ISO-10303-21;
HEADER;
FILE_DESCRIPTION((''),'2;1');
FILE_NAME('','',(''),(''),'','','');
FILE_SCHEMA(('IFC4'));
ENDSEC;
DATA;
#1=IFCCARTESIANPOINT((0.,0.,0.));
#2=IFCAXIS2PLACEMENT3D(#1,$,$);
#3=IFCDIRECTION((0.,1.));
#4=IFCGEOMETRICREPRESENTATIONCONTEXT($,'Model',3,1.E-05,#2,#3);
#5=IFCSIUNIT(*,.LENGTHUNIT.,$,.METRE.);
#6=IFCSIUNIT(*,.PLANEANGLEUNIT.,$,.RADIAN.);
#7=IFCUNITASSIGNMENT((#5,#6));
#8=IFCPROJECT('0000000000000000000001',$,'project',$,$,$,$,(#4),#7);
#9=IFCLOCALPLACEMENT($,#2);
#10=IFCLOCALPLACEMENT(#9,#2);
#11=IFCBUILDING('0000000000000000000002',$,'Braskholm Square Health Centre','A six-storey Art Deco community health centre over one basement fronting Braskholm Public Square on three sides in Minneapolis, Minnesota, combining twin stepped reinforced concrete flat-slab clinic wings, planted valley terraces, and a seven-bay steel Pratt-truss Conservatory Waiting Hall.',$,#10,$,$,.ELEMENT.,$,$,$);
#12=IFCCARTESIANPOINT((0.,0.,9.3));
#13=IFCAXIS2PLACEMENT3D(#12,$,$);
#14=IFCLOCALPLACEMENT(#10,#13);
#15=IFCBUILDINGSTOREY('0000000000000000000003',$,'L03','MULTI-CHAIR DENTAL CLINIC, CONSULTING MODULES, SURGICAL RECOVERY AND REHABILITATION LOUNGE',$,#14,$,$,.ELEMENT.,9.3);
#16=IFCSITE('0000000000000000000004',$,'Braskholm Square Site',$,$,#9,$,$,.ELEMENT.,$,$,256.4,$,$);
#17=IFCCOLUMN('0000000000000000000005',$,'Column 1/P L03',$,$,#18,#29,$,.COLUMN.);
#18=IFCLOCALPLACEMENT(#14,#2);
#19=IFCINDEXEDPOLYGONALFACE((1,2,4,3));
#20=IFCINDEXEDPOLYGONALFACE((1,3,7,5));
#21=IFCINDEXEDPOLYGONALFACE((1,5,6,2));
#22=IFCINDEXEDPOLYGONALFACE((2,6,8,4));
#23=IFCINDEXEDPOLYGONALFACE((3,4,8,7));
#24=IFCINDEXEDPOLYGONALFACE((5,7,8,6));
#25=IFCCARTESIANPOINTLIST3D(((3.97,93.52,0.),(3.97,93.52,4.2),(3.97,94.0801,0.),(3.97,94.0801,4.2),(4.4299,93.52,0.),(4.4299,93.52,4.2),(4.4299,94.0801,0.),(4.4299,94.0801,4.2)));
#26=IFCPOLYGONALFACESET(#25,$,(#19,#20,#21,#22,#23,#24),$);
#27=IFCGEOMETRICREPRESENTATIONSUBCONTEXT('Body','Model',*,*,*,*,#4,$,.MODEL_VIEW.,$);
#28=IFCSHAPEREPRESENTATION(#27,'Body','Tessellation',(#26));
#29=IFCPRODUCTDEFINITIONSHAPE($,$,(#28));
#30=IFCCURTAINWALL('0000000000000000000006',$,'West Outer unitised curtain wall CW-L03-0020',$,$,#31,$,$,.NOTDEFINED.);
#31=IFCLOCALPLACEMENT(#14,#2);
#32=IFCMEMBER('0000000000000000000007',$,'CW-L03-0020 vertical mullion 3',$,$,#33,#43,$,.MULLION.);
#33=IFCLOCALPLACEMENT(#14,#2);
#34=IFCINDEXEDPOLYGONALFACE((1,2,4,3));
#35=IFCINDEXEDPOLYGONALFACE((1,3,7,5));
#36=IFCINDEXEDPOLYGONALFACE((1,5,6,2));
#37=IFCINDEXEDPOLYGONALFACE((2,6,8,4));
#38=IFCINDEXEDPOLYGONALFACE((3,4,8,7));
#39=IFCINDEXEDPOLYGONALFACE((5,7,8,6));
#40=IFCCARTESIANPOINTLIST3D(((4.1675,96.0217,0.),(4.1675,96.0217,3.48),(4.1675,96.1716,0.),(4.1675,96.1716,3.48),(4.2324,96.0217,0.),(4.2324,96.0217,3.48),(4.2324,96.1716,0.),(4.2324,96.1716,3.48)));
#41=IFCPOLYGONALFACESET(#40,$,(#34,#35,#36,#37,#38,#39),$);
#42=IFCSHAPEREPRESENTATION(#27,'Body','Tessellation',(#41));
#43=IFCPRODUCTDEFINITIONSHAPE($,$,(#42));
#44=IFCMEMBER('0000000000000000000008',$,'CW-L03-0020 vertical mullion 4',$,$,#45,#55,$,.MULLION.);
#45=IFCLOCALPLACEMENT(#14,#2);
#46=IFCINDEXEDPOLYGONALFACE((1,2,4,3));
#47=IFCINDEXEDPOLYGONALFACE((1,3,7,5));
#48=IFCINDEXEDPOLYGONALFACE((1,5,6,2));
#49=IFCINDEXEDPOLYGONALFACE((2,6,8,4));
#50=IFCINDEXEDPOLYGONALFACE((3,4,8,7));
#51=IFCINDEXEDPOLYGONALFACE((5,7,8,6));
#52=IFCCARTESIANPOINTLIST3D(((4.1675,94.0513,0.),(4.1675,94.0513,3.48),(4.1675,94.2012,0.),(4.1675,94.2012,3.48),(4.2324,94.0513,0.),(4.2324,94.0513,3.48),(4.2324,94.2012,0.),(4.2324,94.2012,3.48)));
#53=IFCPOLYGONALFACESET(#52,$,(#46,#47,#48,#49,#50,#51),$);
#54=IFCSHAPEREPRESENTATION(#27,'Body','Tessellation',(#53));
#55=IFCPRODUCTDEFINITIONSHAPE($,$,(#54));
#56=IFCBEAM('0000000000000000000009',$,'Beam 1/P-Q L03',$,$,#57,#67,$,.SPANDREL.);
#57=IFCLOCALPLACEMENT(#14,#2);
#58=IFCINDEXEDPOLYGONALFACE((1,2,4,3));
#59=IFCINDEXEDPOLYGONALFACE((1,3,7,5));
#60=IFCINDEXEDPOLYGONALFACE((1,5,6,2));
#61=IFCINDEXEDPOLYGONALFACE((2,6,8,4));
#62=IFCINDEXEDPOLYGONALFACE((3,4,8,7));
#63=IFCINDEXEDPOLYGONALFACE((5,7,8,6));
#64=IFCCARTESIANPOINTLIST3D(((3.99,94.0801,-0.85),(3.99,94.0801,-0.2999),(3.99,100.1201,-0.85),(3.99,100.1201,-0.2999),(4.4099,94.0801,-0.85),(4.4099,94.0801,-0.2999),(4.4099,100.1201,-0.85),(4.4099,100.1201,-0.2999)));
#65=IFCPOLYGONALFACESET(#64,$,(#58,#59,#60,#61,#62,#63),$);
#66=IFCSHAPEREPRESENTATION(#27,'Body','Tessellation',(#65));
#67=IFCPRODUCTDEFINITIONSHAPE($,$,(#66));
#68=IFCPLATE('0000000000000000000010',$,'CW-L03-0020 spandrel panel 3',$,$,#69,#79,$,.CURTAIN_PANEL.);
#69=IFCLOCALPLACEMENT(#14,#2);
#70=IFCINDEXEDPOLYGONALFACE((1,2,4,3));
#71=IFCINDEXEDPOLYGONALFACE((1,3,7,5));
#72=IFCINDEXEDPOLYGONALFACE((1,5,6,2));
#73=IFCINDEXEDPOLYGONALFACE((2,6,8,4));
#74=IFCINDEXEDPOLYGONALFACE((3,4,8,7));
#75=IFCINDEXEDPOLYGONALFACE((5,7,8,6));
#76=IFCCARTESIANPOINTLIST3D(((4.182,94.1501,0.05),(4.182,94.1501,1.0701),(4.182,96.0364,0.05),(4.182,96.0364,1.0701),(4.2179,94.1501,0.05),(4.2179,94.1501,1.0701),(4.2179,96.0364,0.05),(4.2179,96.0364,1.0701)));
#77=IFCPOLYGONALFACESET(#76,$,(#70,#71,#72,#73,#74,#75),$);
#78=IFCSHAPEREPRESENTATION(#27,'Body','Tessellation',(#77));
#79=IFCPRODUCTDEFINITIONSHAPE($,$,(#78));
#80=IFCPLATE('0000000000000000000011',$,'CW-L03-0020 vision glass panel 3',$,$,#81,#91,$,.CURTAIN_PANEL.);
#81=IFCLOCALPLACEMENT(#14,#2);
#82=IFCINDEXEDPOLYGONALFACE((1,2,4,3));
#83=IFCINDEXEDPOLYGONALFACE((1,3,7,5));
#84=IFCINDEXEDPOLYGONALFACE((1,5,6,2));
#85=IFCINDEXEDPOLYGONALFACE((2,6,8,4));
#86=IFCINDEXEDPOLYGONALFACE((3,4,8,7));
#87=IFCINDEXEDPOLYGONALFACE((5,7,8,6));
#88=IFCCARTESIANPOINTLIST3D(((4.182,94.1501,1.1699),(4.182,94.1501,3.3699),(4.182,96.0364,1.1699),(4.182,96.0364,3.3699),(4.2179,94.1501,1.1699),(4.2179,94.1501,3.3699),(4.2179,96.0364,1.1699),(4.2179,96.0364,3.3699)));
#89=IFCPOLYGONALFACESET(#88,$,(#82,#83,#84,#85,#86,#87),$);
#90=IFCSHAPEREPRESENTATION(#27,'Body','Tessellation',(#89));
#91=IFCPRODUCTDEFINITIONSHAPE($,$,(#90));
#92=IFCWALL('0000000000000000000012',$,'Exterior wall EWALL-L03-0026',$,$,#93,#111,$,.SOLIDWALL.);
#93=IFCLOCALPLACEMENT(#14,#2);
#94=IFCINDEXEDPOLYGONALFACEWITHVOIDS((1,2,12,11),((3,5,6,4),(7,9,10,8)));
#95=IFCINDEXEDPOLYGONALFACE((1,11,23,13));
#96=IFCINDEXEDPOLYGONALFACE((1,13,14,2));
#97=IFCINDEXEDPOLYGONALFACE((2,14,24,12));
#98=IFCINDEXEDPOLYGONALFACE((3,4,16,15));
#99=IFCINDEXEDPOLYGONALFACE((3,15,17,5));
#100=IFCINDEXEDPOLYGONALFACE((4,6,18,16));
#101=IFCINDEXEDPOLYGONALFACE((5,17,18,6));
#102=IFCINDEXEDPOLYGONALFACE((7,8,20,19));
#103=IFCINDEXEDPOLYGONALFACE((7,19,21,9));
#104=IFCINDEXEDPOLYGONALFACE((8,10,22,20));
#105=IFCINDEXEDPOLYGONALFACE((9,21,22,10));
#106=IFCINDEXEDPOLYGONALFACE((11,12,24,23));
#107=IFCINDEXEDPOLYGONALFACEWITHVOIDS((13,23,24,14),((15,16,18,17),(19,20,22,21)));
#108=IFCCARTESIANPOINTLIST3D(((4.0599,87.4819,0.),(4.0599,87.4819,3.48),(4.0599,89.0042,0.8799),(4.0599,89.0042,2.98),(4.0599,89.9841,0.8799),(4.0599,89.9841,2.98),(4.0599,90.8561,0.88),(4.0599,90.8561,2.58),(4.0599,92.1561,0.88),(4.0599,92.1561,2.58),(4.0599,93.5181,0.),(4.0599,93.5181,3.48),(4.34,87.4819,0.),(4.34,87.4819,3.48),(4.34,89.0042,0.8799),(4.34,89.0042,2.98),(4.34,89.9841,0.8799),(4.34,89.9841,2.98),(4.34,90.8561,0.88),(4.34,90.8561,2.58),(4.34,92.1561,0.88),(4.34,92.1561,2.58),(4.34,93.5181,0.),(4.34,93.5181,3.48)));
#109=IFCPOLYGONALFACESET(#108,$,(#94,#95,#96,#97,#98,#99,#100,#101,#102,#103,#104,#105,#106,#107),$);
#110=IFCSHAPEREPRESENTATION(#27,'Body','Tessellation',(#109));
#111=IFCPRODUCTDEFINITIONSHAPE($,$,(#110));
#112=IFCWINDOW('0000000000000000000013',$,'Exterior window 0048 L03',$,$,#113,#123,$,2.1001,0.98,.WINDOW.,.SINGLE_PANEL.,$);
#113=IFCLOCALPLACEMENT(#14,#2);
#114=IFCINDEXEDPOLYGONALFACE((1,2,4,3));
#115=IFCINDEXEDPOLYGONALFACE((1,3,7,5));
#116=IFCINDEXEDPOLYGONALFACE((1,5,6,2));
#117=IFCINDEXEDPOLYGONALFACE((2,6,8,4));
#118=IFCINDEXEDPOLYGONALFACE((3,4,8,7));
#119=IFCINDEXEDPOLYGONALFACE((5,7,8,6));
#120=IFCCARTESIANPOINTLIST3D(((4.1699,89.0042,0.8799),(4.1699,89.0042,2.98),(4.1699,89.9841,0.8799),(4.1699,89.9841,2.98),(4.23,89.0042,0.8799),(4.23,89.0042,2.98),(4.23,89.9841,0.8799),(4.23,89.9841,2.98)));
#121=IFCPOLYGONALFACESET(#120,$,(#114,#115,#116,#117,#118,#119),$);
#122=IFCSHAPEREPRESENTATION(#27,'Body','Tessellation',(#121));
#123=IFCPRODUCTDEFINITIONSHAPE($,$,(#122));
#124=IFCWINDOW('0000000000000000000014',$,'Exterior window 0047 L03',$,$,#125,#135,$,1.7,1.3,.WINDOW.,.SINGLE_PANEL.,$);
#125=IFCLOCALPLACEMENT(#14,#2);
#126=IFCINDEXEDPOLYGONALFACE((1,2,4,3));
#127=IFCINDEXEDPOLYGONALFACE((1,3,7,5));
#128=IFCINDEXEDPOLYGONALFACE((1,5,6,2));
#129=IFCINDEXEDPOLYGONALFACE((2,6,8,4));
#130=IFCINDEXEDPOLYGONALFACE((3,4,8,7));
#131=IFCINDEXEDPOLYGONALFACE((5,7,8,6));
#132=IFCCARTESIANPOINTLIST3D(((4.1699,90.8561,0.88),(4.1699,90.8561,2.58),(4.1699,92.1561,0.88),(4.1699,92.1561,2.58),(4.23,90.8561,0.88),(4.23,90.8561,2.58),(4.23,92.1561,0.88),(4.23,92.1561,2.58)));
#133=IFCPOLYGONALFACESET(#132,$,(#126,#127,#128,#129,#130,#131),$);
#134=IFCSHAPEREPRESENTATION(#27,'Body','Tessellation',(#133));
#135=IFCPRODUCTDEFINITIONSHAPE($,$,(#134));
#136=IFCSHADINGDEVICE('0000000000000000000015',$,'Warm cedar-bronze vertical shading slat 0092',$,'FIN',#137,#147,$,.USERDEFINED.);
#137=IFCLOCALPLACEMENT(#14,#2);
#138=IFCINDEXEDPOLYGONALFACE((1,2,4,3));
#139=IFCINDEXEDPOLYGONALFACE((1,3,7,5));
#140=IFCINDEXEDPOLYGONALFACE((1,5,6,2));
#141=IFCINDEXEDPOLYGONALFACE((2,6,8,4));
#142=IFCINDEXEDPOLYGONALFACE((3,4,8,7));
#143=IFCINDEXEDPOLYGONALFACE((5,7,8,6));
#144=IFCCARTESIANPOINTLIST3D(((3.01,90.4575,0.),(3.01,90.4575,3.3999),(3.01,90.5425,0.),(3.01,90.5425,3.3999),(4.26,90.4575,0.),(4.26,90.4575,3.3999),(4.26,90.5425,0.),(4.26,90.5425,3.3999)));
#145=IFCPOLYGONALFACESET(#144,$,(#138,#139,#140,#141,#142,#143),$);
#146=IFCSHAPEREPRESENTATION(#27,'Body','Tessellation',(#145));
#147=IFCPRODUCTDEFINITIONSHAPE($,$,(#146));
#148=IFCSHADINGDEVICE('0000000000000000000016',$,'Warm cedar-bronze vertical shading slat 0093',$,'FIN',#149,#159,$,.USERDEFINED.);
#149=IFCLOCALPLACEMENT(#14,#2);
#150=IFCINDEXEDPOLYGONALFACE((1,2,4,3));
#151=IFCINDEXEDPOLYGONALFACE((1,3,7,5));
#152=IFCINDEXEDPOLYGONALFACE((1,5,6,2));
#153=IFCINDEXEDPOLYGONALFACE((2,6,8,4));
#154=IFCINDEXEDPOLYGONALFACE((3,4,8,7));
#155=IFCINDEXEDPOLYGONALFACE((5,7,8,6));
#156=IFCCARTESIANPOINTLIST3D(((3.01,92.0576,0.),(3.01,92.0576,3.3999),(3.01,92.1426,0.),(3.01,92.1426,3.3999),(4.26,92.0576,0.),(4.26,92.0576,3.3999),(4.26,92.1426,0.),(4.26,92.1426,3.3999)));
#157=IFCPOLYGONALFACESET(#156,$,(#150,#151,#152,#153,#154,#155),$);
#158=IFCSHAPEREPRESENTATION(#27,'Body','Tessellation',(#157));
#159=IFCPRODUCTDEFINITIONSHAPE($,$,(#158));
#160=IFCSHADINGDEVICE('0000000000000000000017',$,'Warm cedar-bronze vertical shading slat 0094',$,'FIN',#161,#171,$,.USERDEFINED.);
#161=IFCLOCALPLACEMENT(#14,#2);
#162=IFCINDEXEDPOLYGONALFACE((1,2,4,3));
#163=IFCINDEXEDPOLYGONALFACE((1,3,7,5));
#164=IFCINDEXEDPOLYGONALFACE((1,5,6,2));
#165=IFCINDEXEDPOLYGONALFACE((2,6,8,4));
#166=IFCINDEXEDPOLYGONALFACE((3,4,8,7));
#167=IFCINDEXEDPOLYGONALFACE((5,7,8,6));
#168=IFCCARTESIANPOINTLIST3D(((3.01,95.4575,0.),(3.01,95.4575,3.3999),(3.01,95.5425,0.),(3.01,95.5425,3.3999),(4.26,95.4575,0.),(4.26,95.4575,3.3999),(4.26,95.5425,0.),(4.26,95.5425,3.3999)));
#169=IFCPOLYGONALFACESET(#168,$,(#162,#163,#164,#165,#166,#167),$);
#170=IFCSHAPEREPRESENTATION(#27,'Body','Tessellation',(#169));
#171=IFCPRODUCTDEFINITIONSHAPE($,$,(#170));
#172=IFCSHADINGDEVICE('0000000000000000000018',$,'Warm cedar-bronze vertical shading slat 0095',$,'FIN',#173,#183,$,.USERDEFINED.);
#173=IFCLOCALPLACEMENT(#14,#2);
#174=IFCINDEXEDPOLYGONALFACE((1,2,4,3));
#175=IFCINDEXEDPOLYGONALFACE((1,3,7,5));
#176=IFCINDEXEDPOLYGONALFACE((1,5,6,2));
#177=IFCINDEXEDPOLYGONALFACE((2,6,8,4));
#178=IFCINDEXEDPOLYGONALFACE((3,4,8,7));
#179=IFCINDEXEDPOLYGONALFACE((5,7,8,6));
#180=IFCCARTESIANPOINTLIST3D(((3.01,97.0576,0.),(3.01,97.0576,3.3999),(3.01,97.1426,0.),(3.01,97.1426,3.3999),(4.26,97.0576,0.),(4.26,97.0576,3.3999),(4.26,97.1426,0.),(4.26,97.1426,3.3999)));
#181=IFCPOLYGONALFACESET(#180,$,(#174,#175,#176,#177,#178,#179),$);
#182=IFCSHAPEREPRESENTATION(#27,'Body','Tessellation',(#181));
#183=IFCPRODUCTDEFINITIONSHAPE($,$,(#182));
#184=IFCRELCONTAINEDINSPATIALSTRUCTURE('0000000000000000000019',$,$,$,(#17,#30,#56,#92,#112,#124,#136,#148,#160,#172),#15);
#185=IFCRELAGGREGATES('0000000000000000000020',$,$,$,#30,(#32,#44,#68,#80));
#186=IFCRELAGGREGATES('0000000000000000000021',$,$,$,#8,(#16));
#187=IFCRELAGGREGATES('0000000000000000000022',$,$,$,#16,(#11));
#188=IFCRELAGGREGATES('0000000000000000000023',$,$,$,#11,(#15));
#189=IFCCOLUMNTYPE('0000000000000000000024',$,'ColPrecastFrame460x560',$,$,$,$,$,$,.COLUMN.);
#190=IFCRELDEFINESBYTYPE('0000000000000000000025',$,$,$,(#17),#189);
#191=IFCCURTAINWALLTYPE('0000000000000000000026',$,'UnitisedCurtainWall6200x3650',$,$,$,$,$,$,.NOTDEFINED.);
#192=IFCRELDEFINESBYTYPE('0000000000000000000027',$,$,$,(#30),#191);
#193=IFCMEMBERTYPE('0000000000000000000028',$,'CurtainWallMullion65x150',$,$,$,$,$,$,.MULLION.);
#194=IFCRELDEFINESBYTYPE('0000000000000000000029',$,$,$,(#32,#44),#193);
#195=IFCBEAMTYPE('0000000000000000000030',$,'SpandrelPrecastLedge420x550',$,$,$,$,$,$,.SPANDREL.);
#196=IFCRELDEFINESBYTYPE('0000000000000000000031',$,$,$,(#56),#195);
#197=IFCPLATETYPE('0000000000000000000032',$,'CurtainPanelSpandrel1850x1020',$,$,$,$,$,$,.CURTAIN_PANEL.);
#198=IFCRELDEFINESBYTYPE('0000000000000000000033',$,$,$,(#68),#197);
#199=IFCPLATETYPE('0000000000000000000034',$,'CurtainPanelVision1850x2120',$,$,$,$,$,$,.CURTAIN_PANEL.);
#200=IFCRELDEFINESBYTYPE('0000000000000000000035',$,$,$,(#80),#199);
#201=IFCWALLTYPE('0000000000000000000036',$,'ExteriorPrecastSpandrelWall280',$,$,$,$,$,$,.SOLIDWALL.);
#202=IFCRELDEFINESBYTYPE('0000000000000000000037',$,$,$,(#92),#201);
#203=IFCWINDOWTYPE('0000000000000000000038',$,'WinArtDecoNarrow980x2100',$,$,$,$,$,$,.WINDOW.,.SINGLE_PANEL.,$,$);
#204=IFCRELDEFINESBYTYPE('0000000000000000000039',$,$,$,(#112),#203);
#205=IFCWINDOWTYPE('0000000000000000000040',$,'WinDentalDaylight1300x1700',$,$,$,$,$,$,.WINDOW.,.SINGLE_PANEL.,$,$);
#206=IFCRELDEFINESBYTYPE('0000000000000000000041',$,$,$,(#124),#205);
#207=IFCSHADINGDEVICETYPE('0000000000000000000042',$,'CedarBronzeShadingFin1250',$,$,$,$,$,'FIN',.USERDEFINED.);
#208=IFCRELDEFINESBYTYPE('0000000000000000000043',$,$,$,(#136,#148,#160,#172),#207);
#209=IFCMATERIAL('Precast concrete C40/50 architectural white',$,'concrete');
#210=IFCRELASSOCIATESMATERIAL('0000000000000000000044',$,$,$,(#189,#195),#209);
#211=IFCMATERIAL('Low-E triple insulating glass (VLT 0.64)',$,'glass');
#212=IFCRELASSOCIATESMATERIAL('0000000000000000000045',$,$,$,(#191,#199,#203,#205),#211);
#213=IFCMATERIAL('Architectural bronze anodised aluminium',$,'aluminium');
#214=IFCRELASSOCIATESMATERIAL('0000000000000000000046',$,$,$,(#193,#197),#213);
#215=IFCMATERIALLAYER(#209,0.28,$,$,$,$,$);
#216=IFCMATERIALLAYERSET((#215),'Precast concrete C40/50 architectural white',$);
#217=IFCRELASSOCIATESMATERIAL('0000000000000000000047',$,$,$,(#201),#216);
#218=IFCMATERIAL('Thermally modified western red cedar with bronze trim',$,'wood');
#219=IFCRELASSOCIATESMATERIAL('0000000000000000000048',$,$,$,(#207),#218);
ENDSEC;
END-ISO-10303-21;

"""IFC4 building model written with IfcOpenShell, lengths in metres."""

from ifc_helpers import new_model, si_unit, direction, frame, frame_2d, origin, origin_with_axes, origin_2d, place, context, subcontext, project, spatial, rectangle, extrude, material, layer, layer_set, material_profile, profile_set, type_object, element, fill, aggregate, save


model = new_model("IFC4")

# Units and contexts
model_context = context("Model", 3, precision=1e-05, world=origin(), true_north=direction((0.0, 1.0)))
body_context = subcontext(model_context, "Body", "Model", "MODEL_VIEW")
ifc_project = project(units=[si_unit("LENGTHUNIT", "METRE"), si_unit("PLANEANGLEUNIT", "RADIAN")], contexts=[model_context])

# Site, building, storey
site_placement = place(None, origin())
site = spatial("IfcSite", under=ifc_project, at=site_placement, Name="Braskholm Square Site", CompositionType="ELEMENT", RefElevation=256.4)
building_placement = place(site_placement, origin())
building = spatial("IfcBuilding", under=site, at=building_placement, Name="Braskholm Square Health Centre", Description="A six-storey Art Deco community health centre over one basement fronting Braskholm Public Square on three sides in Minneapolis, Minnesota, combining twin stepped reinforced concrete flat-slab clinic wings, planted valley terraces, and a seven-bay steel Pratt-truss Conservatory Waiting Hall.", CompositionType="ELEMENT")
storey_placement = place(building_placement, frame((0.0, 0.0, 9.3)))
storey = spatial("IfcBuildingStorey", under=building, at=storey_placement, Name="L03", Description="MULTI-CHAIR DENTAL CLINIC, CONSULTING MODULES, SURGICAL RECOVERY AND REHABILITATION LOUNGE", CompositionType="ELEMENT", Elevation=9.3)

# Column
ifc_material_1 = material(Name="Precast concrete C40/50 architectural white", Category="concrete")
ifc_material_profile_1 = material_profile(ifc_material_1, rectangle(XDim=0.46, YDim=0.5601, at=origin_2d()), Name="RC-460X560")
ifc_profile_set_1 = profile_set([ifc_material_profile_1], Name="Precast concrete C40/50 architectural white")
column_type = type_object("IfcColumnType", Name="ColPrecastFrame460x560", PredefinedType="COLUMN", material=ifc_profile_set_1)
column_placement = place(storey_placement, frame((4.2, 93.8, 0.0), z_axis=(0.0, 0.0, 1.0), x_axis=(1.0, 0.0, 0.0)))
element("IfcColumn", 1, at=column_placement, inside=storey, type_object=column_type, Name="Column 1/P L03", PredefinedType="COLUMN", context=body_context, shape_type="SweptSolid", body=[
    extrude(rectangle(XDim=0.46, YDim=0.5601, at=origin_2d()), origin(), (0.0, 0.0, 1.0), 4.2),
])

# Curtain wall, members
ifc_material_2 = material(Name="Low-E triple insulating glass (VLT 0.64)", Category="glass")
curtain_wall_type = type_object("IfcCurtainWallType", Name="UnitisedCurtainWall6200x3650", PredefinedType="NOTDEFINED", material=ifc_material_2)
curtain_wall_placement = place(storey_placement, origin())
curtain_wall = element("IfcCurtainWall", 2, at=curtain_wall_placement, inside=storey, type_object=curtain_wall_type, Name="West Outer unitised curtain wall CW-L03-0020", PredefinedType="NOTDEFINED")
ifc_material_3 = material(Name="Architectural bronze anodised aluminium", Category="aluminium")
ifc_material_profile_2 = material_profile(ifc_material_3, rectangle(XDim=0.0649, YDim=0.1499, at=origin_2d()), Name="ALU-65X150")
ifc_profile_set_2 = profile_set([ifc_material_profile_2], Name="Architectural bronze anodised aluminium")
member_type = type_object("IfcMemberType", Name="CurtainWallMullion65x150", PredefinedType="MULLION", material=ifc_profile_set_2)
member_1_placement = place(storey_placement, frame((4.2, 96.0967, 0.0), z_axis=(0.0, 0.0, 1.0), x_axis=(1.0, 0.0, 0.0)))
member_1 = element("IfcMember", 3, at=member_1_placement, type_object=member_type, Name="CW-L03-0020 vertical mullion 3", PredefinedType="MULLION", context=body_context, shape_type="SweptSolid", body=[
    extrude(rectangle(XDim=0.0649, YDim=0.1499, at=origin_2d()), origin(), (0.0, 0.0, 1.0), 3.48),
])
member_2_placement = place(storey_placement, frame((4.2, 94.1262, 0.0), z_axis=(0.0, 0.0, 1.0), x_axis=(1.0, 0.0, 0.0)))
member_2 = element("IfcMember", 4, at=member_2_placement, type_object=member_type, Name="CW-L03-0020 vertical mullion 4", PredefinedType="MULLION", context=body_context, shape_type="SweptSolid", body=[
    extrude(rectangle(XDim=0.0649, YDim=0.1499, at=origin_2d()), origin(), (0.0, 0.0, 1.0), 3.48),
])

# Beam
ifc_material_profile_3 = material_profile(ifc_material_1, rectangle(XDim=0.4199, YDim=0.55, at=origin_2d()), Name="RCB-420X550")
ifc_profile_set_3 = profile_set([ifc_material_profile_3], Name="Precast concrete C40/50 architectural white")
beam_type = type_object("IfcBeamType", Name="SpandrelPrecastLedge420x550", PredefinedType="SPANDREL", material=ifc_profile_set_3)
beam_placement = place(storey_placement, frame((4.2, 94.0801, -0.575), z_axis=(0.0, 1.0, 0.0), x_axis=(-1.0, 0.0, 0.0)))
element("IfcBeam", 5, at=beam_placement, inside=storey, type_object=beam_type, Name="Beam 1/P-Q L03", PredefinedType="SPANDREL", context=body_context, shape_type="SweptSolid", body=[
    extrude(rectangle(XDim=0.4199, YDim=0.55, at=origin_2d()), origin(), (0.0, 0.0, 1.0), 6.04),
])

# Plates
plate_type_1 = type_object("IfcPlateType", Name="CurtainPanelSpandrel1850x1020", PredefinedType="CURTAIN_PANEL", material=ifc_material_3)
plate_1_placement = place(storey_placement, frame((4.2, 95.0933, 0.05), z_axis=(0.0, 0.0, 1.0), x_axis=(0.0, -1.0, 0.0)))
plate_1 = element("IfcPlate", 6, at=plate_1_placement, type_object=plate_type_1, Name="CW-L03-0020 spandrel panel 3", PredefinedType="CURTAIN_PANEL", context=body_context, shape_type="SweptSolid", body=[
    extrude(rectangle(XDim=1.8862, YDim=0.0359, at=origin_2d()), origin(), (0.0, 0.0, 1.0), 1.02),
])
plate_type_2 = type_object("IfcPlateType", Name="CurtainPanelVision1850x2120", PredefinedType="CURTAIN_PANEL", material=ifc_material_2)
plate_2_placement = place(storey_placement, frame((4.2, 95.0933, 1.1699), z_axis=(0.0, 0.0, 1.0), x_axis=(0.0, -1.0, 0.0)))
plate_2 = element("IfcPlate", 7, at=plate_2_placement, type_object=plate_type_2, Name="CW-L03-0020 vision glass panel 3", PredefinedType="CURTAIN_PANEL", context=body_context, shape_type="SweptSolid", body=[
    extrude(rectangle(XDim=1.8862, YDim=0.0359, at=origin_2d()), origin(), (0.0, 0.0, 1.0), 2.2),
])
aggregate(curtain_wall, [member_1, member_2, plate_1, plate_2])

# Wall, openings, windows
ifc_layer_1 = layer(ifc_material_1, 0.28)
ifc_layer_set_1 = layer_set([ifc_layer_1], Name="Precast concrete C40/50 architectural white")
wall_type = type_object("IfcWallType", Name="ExteriorPrecastSpandrelWall280", PredefinedType="SOLIDWALL", material=ifc_layer_set_1)
wall_placement = place(storey_placement, frame((4.2, 93.5181, 0.0), z_axis=(0.0, 0.0, 1.0), x_axis=(0.0, -1.0, 0.0)))
wall = element("IfcWall", 8, at=wall_placement, inside=storey, type_object=wall_type, Name="Exterior wall EWALL-L03-0026", PredefinedType="SOLIDWALL", context=body_context, shape_type="SweptSolid", body=[
    extrude(rectangle(XDim=6.0361, YDim=0.28, at=frame_2d((3.0181, 0.0))), origin(), (0.0, 0.0, 1.0), 3.48),
])
opening_1_placement = place(wall_placement, frame((1.3621, 0.0, 0.8799)))
opening_1 = element("IfcOpeningElement", 9, at=opening_1_placement, cuts=wall, PredefinedType="OPENING", context=body_context, shape_type="SweptSolid", body=[
    extrude(rectangle(XDim=1.3, YDim=1.7, at=frame_2d((0.6499, 0.8501))), frame((0.0, 0.1499, 0.0), z_axis=(0.0, -1.0, 0.0), x_axis=(1.0, 0.0, 0.0)), (0.0, 0.0, 1.0), 0.3),
])
opening_2_placement = place(wall_placement, frame((3.5339, 0.0, 0.8799)))
opening_2 = element("IfcOpeningElement", 10, at=opening_2_placement, cuts=wall, PredefinedType="OPENING", context=body_context, shape_type="SweptSolid", body=[
    extrude(rectangle(XDim=0.98, YDim=2.1001, at=frame_2d((0.49, 1.05))), frame((0.0, 0.1499, 0.0), z_axis=(0.0, -1.0, 0.0), x_axis=(1.0, 0.0, 0.0)), (0.0, 0.0, 1.0), 0.3),
])
window_type_1 = type_object("IfcWindowType", Name="WinArtDecoNarrow980x2100", PartitioningType="SINGLE_PANEL", PredefinedType="WINDOW", material=ifc_material_2)
window_1_placement = place(opening_2_placement, origin_with_axes())
window_1 = element("IfcWindow", 11, at=window_1_placement, inside=storey, type_object=window_type_1, Name="Exterior window 0048 L03", OverallHeight=2.1001, OverallWidth=0.98, PartitioningType="SINGLE_PANEL", PredefinedType="WINDOW", context=body_context, shape_type="SweptSolid", body=[
    extrude(rectangle(XDim=0.98, YDim=2.1001, at=frame_2d((0.49, 1.05))), frame((0.0, 0.03, 0.0), z_axis=(0.0, -1.0, 0.0), x_axis=(1.0, 0.0, 0.0)), (0.0, 0.0, 1.0), 0.0601),
])
fill(opening_2, window_1)
window_type_2 = type_object("IfcWindowType", Name="WinDentalDaylight1300x1700", PartitioningType="SINGLE_PANEL", PredefinedType="WINDOW", material=ifc_material_2)
window_2_placement = place(opening_1_placement, origin_with_axes())
window_2 = element("IfcWindow", 12, at=window_2_placement, inside=storey, type_object=window_type_2, Name="Exterior window 0047 L03", OverallHeight=1.7, OverallWidth=1.3, PartitioningType="SINGLE_PANEL", PredefinedType="WINDOW", context=body_context, shape_type="SweptSolid", body=[
    extrude(rectangle(XDim=1.3, YDim=1.7, at=frame_2d((0.6499, 0.8501))), frame((0.0, 0.03, 0.0), z_axis=(0.0, -1.0, 0.0), x_axis=(1.0, 0.0, 0.0)), (0.0, 0.0, 1.0), 0.0601),
])
fill(opening_1, window_2)

# Shading devices
ifc_material_4 = material(Name="Thermally modified western red cedar with bronze trim", Category="wood")
shading_device_type = type_object("IfcShadingDeviceType", Name="CedarBronzeShadingFin1250", ElementType="FIN", PredefinedType="USERDEFINED", material=ifc_material_4)
for number, where, z_axis, x_axis, name in (
    (13, (3.635, 90.5, 0.0), (0.0, 0.0, 1.0), (1.0, 0.0, 0.0), "Warm cedar-bronze vertical shading slat 0092"),
    (14, (3.635, 92.1001, 0.0), (0.0, 0.0, 1.0), (1.0, 0.0, 0.0), "Warm cedar-bronze vertical shading slat 0093"),
    (15, (3.635, 95.5, 0.0), (0.0, 0.0, 1.0), (1.0, 0.0, 0.0), "Warm cedar-bronze vertical shading slat 0094"),
    (16, (3.635, 97.1001, 0.0), (0.0, 0.0, 1.0), (1.0, 0.0, 0.0), "Warm cedar-bronze vertical shading slat 0095"),
):
    element("IfcShadingDevice", number, at=place(storey_placement, frame(where, z_axis=z_axis, x_axis=x_axis)), inside=storey, type_object=shading_device_type, Name=name, ObjectType="FIN", PredefinedType="USERDEFINED", context=body_context, shape_type="SweptSolid", body=[
        extrude(rectangle(XDim=1.25, YDim=0.085, at=origin_2d()), origin(), (0.0, 0.0, 1.0), 3.3999),
    ])

save(model, "model.ifc")
